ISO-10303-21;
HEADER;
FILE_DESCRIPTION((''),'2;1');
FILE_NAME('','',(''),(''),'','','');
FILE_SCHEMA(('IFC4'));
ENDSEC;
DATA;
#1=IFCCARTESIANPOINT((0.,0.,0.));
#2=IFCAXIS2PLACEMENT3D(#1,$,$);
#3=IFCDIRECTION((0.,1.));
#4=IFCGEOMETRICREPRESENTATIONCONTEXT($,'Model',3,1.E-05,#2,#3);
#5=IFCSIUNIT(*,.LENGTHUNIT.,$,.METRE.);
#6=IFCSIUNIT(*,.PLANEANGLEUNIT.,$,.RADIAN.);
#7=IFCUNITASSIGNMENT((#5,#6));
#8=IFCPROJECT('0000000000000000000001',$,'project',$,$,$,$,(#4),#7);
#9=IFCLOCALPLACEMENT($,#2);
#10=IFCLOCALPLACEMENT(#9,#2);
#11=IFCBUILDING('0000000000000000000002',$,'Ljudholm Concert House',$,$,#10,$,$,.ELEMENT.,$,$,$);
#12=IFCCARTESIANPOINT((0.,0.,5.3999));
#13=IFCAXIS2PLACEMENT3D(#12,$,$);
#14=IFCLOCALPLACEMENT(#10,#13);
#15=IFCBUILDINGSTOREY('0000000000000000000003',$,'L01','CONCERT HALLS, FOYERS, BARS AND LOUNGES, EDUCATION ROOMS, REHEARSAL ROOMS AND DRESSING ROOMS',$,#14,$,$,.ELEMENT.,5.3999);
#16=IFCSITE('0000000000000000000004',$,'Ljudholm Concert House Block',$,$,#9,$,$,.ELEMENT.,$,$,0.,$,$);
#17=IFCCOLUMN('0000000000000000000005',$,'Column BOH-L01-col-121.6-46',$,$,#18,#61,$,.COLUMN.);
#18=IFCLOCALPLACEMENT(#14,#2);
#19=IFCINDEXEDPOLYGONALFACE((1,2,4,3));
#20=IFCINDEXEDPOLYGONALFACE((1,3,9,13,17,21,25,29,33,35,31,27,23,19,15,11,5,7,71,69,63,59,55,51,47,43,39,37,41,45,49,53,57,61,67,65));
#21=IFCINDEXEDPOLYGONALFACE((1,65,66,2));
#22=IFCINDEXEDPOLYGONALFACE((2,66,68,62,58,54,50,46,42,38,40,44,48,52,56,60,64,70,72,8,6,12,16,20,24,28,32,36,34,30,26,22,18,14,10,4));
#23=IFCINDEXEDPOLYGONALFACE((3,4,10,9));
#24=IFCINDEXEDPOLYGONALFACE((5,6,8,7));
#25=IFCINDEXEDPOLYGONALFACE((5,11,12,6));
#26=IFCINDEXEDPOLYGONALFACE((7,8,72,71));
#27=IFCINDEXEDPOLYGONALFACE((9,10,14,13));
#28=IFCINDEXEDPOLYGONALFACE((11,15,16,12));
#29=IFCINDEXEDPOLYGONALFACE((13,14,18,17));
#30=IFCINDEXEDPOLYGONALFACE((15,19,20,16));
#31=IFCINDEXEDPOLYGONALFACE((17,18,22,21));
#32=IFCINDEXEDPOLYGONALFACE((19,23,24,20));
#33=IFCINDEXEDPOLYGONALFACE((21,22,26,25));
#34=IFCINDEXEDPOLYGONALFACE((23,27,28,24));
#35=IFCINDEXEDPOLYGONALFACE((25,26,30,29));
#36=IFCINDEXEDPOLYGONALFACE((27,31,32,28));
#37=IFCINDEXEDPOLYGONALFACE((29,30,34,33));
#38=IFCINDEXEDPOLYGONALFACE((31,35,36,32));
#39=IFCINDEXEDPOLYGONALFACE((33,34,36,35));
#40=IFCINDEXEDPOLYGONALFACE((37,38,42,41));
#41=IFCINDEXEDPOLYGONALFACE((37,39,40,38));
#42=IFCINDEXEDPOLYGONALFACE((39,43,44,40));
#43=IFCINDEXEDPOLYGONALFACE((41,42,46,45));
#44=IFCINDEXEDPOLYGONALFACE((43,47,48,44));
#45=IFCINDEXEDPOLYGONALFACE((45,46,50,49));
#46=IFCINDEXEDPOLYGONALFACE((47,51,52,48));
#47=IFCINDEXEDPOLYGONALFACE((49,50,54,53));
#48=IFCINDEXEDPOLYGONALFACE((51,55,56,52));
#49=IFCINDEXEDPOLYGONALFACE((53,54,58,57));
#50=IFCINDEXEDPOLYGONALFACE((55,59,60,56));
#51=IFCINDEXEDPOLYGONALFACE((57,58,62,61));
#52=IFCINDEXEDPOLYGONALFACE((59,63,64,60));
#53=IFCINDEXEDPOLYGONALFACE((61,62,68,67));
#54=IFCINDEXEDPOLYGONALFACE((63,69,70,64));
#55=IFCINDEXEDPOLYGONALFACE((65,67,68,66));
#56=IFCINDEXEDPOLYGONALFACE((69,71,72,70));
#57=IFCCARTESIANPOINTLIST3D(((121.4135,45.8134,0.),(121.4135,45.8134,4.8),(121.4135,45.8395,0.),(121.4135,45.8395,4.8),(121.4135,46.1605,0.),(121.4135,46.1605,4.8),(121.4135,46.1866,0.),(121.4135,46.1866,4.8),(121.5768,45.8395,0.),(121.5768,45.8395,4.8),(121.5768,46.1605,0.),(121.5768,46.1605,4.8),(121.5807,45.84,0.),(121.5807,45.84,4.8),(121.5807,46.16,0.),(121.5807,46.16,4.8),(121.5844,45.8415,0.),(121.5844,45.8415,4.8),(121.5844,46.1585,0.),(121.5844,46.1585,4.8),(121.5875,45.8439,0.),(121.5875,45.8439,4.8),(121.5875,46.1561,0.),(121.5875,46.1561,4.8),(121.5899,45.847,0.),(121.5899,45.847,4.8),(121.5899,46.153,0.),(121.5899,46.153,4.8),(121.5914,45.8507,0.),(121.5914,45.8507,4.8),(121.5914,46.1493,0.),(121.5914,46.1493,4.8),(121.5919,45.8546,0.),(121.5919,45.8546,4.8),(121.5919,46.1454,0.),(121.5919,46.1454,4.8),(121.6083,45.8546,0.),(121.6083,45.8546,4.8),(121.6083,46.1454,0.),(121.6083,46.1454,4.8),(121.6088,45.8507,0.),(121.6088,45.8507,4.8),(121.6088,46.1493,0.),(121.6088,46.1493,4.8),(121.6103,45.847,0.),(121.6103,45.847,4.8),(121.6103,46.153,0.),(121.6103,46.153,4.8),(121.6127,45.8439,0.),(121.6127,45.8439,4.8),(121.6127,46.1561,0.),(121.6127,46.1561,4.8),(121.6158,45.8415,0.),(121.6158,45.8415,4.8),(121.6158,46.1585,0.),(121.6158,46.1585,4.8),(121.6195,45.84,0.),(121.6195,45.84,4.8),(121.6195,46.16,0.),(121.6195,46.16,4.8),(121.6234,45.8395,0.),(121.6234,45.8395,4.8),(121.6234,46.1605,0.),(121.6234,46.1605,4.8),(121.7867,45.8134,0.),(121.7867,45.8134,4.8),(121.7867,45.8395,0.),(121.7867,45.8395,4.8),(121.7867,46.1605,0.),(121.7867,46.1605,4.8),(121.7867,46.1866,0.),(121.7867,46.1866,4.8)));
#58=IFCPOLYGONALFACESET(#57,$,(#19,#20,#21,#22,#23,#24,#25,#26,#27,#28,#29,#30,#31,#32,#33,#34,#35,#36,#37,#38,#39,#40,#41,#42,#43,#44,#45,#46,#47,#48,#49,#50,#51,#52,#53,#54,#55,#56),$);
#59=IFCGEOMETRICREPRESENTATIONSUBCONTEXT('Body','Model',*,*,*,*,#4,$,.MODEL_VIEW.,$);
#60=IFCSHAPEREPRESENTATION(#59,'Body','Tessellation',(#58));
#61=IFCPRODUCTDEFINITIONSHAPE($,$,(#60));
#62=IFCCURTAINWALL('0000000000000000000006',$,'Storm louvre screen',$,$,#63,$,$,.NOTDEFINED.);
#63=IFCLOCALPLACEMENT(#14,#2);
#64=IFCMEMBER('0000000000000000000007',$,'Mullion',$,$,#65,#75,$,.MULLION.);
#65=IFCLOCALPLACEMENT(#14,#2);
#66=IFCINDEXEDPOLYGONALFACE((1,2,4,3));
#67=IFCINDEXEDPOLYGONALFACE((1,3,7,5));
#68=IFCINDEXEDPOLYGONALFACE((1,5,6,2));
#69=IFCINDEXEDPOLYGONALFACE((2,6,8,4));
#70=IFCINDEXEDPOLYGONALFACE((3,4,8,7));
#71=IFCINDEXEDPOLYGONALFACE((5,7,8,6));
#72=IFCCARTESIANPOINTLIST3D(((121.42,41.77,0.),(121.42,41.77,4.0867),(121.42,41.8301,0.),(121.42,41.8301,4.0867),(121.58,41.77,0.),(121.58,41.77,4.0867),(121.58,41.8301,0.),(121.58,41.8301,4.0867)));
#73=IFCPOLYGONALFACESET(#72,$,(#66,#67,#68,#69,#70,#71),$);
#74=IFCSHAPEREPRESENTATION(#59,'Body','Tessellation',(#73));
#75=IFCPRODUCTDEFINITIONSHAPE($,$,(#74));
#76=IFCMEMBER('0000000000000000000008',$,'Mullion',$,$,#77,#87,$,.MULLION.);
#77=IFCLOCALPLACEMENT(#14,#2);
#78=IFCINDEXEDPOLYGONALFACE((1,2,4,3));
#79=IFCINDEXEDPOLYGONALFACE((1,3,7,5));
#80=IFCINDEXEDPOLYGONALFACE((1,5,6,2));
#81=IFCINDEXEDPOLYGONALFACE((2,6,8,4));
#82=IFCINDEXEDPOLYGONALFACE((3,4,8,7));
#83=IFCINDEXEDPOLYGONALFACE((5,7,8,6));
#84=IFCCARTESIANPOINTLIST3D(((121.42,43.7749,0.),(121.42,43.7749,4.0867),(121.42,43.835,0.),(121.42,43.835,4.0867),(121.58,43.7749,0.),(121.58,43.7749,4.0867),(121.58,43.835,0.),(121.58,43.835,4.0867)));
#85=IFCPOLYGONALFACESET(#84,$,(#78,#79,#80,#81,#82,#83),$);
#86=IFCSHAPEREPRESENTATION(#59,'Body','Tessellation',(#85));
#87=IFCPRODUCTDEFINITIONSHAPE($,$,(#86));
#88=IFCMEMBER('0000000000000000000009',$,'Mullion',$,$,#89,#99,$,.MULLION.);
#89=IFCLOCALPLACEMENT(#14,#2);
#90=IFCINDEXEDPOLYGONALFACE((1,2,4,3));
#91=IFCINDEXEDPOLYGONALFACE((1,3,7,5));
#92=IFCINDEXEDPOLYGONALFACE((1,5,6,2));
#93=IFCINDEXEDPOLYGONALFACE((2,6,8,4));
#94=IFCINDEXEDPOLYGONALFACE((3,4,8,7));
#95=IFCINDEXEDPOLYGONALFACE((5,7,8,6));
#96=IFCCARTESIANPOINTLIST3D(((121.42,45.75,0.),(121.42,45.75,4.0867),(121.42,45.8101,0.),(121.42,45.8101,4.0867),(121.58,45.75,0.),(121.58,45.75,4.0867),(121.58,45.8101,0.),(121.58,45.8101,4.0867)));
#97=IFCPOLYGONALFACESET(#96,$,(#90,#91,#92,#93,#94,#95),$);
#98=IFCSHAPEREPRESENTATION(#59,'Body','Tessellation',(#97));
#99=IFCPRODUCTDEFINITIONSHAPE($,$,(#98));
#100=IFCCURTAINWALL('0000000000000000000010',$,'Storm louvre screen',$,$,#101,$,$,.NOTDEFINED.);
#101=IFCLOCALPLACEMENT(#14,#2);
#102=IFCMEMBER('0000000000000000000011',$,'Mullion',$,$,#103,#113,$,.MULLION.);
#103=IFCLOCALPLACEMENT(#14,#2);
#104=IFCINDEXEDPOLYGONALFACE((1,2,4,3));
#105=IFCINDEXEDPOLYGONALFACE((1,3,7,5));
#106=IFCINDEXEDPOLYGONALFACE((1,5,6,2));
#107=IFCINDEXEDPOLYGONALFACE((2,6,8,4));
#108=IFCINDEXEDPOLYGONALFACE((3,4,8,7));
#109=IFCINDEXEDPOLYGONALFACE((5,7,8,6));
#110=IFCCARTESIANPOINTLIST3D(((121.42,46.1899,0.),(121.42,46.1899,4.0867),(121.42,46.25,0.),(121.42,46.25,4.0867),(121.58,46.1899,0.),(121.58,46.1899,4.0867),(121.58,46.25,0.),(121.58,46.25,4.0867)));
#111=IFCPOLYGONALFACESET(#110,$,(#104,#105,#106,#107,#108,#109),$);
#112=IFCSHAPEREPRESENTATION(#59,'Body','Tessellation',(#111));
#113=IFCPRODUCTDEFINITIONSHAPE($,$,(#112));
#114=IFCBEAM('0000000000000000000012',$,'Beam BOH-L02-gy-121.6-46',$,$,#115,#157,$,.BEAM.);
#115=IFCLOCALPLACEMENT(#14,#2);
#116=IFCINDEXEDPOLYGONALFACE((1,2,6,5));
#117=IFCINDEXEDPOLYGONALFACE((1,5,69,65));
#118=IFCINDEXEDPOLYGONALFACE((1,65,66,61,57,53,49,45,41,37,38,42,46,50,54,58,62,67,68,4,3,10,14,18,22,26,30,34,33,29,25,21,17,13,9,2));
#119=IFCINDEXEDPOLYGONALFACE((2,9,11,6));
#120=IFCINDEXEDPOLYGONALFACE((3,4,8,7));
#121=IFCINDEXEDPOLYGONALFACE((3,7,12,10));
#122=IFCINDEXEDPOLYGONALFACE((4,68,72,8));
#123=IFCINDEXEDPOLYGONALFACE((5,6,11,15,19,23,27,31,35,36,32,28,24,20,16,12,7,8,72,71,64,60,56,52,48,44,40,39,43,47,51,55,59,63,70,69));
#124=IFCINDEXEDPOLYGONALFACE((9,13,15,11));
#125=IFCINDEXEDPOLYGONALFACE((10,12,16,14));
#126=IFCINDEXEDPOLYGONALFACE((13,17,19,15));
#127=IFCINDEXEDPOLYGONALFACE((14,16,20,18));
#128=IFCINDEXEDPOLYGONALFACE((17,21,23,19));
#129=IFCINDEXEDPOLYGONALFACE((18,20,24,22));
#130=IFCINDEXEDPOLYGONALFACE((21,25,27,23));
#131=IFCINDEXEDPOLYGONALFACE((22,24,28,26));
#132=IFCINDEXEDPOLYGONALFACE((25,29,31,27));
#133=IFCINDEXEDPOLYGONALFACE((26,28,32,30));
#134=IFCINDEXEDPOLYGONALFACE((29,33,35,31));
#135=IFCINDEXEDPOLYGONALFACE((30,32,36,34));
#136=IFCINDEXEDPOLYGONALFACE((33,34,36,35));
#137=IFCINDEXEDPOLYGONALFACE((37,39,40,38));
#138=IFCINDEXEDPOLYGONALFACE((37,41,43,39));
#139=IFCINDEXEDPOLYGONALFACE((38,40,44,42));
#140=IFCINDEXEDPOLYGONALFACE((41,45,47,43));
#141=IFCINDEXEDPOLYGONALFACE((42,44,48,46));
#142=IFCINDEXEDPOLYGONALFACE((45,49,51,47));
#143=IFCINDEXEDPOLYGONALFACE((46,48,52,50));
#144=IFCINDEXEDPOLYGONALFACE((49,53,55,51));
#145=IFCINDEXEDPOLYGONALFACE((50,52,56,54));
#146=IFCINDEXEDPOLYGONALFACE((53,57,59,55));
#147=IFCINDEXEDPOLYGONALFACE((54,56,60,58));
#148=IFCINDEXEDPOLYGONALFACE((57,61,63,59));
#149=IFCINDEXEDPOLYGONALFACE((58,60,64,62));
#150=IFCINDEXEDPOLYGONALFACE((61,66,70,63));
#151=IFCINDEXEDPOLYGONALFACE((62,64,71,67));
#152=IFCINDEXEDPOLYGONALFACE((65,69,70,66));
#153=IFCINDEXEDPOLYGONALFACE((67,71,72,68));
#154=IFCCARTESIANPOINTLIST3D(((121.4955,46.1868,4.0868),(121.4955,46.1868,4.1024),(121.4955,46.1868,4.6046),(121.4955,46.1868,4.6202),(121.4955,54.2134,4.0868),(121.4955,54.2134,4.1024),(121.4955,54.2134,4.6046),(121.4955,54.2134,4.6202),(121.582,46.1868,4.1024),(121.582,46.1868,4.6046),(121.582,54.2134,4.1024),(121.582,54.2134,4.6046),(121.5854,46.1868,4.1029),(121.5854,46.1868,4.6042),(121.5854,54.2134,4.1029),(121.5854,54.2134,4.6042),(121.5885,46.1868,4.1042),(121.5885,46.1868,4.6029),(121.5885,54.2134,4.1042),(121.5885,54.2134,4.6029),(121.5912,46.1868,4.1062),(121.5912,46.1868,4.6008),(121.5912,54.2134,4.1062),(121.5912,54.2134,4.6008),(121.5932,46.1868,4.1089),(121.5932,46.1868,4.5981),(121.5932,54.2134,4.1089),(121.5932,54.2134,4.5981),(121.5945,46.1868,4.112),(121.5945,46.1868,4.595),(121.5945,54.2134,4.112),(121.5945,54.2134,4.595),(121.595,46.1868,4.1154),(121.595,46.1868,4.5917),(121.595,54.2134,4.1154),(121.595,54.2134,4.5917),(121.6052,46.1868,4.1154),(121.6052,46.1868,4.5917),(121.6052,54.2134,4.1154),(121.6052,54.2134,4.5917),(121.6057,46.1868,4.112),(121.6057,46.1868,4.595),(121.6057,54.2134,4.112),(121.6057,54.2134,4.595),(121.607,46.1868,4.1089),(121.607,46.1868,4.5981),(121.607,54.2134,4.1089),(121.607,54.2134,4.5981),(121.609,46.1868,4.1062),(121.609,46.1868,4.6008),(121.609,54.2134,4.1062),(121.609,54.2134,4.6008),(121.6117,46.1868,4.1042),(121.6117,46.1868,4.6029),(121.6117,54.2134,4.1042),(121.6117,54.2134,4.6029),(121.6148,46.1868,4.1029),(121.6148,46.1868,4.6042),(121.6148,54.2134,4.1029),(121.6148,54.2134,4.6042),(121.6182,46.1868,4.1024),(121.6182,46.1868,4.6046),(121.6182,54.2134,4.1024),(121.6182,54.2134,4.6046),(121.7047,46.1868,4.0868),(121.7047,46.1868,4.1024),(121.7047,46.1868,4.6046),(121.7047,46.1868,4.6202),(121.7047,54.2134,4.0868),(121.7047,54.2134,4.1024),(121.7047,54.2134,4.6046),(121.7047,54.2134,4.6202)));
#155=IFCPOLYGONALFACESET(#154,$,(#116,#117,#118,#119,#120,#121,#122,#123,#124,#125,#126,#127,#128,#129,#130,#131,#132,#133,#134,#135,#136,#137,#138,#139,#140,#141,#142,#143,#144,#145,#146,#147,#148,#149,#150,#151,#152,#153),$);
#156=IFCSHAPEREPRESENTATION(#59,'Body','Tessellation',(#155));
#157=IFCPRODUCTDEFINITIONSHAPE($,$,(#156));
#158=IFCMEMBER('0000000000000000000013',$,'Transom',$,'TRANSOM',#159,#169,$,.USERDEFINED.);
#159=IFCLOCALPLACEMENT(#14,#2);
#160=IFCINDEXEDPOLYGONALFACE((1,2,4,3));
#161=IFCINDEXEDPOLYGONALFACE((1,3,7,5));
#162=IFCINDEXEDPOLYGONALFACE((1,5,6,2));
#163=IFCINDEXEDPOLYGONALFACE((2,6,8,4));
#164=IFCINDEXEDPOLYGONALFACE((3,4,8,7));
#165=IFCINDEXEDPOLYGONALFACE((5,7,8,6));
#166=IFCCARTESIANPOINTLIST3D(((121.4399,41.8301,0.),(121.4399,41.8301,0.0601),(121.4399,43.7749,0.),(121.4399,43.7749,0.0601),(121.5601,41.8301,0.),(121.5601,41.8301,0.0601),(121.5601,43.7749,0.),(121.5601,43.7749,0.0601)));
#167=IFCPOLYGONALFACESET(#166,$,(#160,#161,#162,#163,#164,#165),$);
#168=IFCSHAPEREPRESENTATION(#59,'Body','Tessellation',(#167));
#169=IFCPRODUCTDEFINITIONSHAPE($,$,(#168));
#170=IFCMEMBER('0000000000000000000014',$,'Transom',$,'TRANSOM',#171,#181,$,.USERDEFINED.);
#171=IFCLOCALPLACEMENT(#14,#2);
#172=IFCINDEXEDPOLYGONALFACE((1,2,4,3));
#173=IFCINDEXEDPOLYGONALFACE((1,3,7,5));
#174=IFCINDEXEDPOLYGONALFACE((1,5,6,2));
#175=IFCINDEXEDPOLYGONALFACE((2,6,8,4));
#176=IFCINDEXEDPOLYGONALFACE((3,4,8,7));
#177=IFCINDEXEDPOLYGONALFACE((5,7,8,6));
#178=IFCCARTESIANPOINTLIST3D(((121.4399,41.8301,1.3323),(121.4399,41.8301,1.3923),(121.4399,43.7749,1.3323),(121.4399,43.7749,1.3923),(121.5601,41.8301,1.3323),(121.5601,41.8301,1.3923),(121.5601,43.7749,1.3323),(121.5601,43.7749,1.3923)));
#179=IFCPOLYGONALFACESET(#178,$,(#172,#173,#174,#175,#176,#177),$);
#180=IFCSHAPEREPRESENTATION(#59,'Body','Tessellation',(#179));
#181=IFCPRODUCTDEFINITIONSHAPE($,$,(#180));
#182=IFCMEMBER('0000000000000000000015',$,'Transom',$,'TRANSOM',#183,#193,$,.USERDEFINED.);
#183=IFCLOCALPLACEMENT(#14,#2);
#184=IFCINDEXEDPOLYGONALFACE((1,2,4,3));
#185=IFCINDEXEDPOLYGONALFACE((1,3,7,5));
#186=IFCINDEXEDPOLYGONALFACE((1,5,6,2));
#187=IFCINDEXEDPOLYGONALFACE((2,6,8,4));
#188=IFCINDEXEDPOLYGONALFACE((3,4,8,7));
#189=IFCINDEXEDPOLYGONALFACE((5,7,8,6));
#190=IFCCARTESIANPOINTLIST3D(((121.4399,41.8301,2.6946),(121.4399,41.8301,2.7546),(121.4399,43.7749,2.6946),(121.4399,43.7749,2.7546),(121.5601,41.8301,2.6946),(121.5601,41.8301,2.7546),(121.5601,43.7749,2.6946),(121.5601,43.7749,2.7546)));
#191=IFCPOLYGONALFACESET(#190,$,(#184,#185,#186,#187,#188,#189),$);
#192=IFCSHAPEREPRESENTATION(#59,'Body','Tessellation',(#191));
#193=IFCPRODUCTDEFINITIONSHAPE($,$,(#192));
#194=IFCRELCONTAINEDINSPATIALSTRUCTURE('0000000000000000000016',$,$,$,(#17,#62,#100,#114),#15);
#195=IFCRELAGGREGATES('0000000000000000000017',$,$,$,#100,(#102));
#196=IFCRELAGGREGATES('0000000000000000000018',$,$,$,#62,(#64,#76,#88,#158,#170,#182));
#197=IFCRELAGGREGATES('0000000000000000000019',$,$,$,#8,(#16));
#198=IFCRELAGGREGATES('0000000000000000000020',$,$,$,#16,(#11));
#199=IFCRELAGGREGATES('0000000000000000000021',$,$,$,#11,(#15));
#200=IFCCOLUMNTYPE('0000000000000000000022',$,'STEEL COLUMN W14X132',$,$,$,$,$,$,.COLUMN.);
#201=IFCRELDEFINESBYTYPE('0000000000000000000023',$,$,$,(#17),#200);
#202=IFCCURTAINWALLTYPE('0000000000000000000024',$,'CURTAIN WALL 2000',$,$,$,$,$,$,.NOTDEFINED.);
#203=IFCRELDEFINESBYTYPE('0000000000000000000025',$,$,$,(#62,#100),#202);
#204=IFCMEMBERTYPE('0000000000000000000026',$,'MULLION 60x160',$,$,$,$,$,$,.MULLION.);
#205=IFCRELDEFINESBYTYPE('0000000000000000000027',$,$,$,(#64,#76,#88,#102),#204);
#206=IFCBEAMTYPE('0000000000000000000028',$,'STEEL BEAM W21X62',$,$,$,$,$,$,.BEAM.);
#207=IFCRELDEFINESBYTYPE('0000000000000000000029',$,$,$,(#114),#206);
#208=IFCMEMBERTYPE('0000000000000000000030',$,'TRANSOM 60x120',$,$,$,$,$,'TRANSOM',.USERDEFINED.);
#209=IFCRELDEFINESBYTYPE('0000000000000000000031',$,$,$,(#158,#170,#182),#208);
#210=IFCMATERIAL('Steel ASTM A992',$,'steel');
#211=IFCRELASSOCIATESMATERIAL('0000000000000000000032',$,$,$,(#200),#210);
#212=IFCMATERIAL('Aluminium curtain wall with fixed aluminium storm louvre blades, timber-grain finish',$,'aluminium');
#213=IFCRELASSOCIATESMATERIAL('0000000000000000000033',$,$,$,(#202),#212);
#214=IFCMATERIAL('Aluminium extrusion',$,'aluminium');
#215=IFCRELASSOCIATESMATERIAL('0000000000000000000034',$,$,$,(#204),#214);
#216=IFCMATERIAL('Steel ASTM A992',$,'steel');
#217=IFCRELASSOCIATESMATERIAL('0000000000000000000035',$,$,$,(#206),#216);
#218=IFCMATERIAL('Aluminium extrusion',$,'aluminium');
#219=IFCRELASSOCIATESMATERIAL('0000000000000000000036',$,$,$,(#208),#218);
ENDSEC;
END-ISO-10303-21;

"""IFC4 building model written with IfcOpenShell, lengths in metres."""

from ifc_helpers import new_model, si_unit, direction, frame, origin, origin_2d, place, context, subcontext, project, spatial, rectangle, i_section, extrude, material, material_profile, profile_set, type_object, element, aggregate, save


model = new_model("IFC4")

# Units and contexts
model_context = context("Model", 3, precision=1e-05, world=origin(), true_north=direction((0.0, 1.0)))
body_context = subcontext(model_context, "Body", "Model", "MODEL_VIEW")
ifc_project = project(units=[si_unit("LENGTHUNIT", "METRE"), si_unit("PLANEANGLEUNIT", "RADIAN")], contexts=[model_context])

# Site, building, storey
site_placement = place(None, origin())
site = spatial("IfcSite", under=ifc_project, at=site_placement, Name="Ljudholm Concert House Block", CompositionType="ELEMENT", RefElevation=0.0)
building_placement = place(site_placement, origin())
building = spatial("IfcBuilding", under=site, at=building_placement, Name="Ljudholm Concert House", CompositionType="ELEMENT")
storey_placement = place(building_placement, frame((0.0, 0.0, 5.3999)))
storey = spatial("IfcBuildingStorey", under=building, at=storey_placement, Name="L01", Description="CONCERT HALLS, FOYERS, BARS AND LOUNGES, EDUCATION ROOMS, REHEARSAL ROOMS AND DRESSING ROOMS", CompositionType="ELEMENT", Elevation=5.3999)

# Column
ifc_material_1 = material(Name="Steel ASTM A992", Category="steel")
ifc_material_profile_1 = material_profile(ifc_material_1, i_section(OverallWidth=0.3733, OverallDepth=0.3733, WebThickness=0.0164, FlangeThickness=0.0261, FilletRadius=0.0151, at=origin_2d()), Name="W14X132")
ifc_profile_set_1 = profile_set([ifc_material_profile_1], Name="Steel ASTM A992")
column_type = type_object("IfcColumnType", Name="STEEL COLUMN W14X132", PredefinedType="COLUMN", material=ifc_profile_set_1)
column_placement = place(storey_placement, frame((121.6001, 46.0, 0.0), z_axis=(0.0, 0.0, 1.0), x_axis=(1.0, 0.0, 0.0)))
element("IfcColumn", 1, at=column_placement, inside=storey, type_object=column_type, Name="Column BOH-L01-col-121.6-46", PredefinedType="COLUMN", context=body_context, shape_type="SweptSolid", body=[
    extrude(i_section(OverallWidth=0.3733, OverallDepth=0.3733, WebThickness=0.0164, FlangeThickness=0.0261, FilletRadius=0.0151, at=origin_2d()), origin(), (0.0, 0.0, 1.0), 4.8),
])

# Curtain wall, members
ifc_material_2 = material(Name="Aluminium curtain wall with fixed aluminium storm louvre blades, timber-grain finish", Category="aluminium")
curtain_wall_type = type_object("IfcCurtainWallType", Name="CURTAIN WALL 2000", PredefinedType="NOTDEFINED", material=ifc_material_2)
curtain_wall_1_placement = place(storey_placement, origin())
curtain_wall_1 = element("IfcCurtainWall", 2, at=curtain_wall_1_placement, inside=storey, type_object=curtain_wall_type, Name="Storm louvre screen", PredefinedType="NOTDEFINED")
ifc_material_3 = material(Name="Aluminium extrusion", Category="aluminium")
ifc_material_profile_2 = material_profile(ifc_material_3, rectangle(XDim=0.1599, YDim=0.0601, at=origin_2d()), Name="MULLION 60x160")
ifc_profile_set_2 = profile_set([ifc_material_profile_2], Name="Aluminium extrusion")
member_type_1 = type_object("IfcMemberType", Name="MULLION 60x160", PredefinedType="MULLION", material=ifc_profile_set_2)
member_1_placement = place(storey_placement, frame((121.5, 41.8, 0.0), z_axis=(0.0, 0.0, 1.0), x_axis=(-1.0, 0.0, 0.0)))
member_1 = element("IfcMember", 3, at=member_1_placement, type_object=member_type_1, Name="Mullion", PredefinedType="MULLION", context=body_context, shape_type="SweptSolid", body=[
    extrude(rectangle(XDim=0.1599, YDim=0.0601, at=origin_2d()), origin(), (0.0, 0.0, 1.0), 4.0867),
])
member_2_placement = place(storey_placement, frame((121.5, 43.8049, 0.0), z_axis=(0.0, 0.0, 1.0), x_axis=(-1.0, 0.0, 0.0)))
member_2 = element("IfcMember", 4, at=member_2_placement, type_object=member_type_1, Name="Mullion", PredefinedType="MULLION", context=body_context, shape_type="SweptSolid", body=[
    extrude(rectangle(XDim=0.1599, YDim=0.0601, at=origin_2d()), origin(), (0.0, 0.0, 1.0), 4.0867),
])
member_3_placement = place(storey_placement, frame((121.5, 45.78, 0.0), z_axis=(0.0, 0.0, 1.0), x_axis=(-1.0, 0.0, 0.0)))
member_3 = element("IfcMember", 5, at=member_3_placement, type_object=member_type_1, Name="Mullion", PredefinedType="MULLION", context=body_context, shape_type="SweptSolid", body=[
    extrude(rectangle(XDim=0.1599, YDim=0.0601, at=origin_2d()), origin(), (0.0, 0.0, 1.0), 4.0867),
])

# Curtain wall, member
curtain_wall_2_placement = place(storey_placement, origin())
curtain_wall_2 = element("IfcCurtainWall", 6, at=curtain_wall_2_placement, inside=storey, type_object=curtain_wall_type, Name="Storm louvre screen", PredefinedType="NOTDEFINED")
member_4_placement = place(storey_placement, frame((121.5, 46.22, 0.0), z_axis=(0.0, 0.0, 1.0), x_axis=(-1.0, 0.0, 0.0)))
member_4 = element("IfcMember", 7, at=member_4_placement, type_object=member_type_1, Name="Mullion", PredefinedType="MULLION", context=body_context, shape_type="SweptSolid", body=[
    extrude(rectangle(XDim=0.1599, YDim=0.0601, at=origin_2d()), origin(), (0.0, 0.0, 1.0), 4.0867),
])

# Beam
ifc_material_4 = material(Name="Steel ASTM A992", Category="steel")
ifc_material_profile_3 = material_profile(ifc_material_4, i_section(OverallWidth=0.2092, OverallDepth=0.5334, WebThickness=0.0103, FlangeThickness=0.0156, FilletRadius=0.0129, at=origin_2d()), Name="W21X62")
ifc_profile_set_3 = profile_set([ifc_material_profile_3], Name="Steel ASTM A992")
beam_type = type_object("IfcBeamType", Name="STEEL BEAM W21X62", PredefinedType="BEAM", material=ifc_profile_set_3)
beam_placement = place(storey_placement, frame((121.6001, 46.1868, 4.3535), z_axis=(0.0, 1.0, 0.0), x_axis=(-1.0, 0.0, 0.0)))
element("IfcBeam", 8, at=beam_placement, inside=storey, type_object=beam_type, Name="Beam BOH-L02-gy-121.6-46", PredefinedType="BEAM", context=body_context, shape_type="SweptSolid", body=[
    extrude(i_section(OverallWidth=0.2092, OverallDepth=0.5334, WebThickness=0.0103, FlangeThickness=0.0156, FilletRadius=0.0129, at=origin_2d()), origin(), (0.0, 0.0, 1.0), 8.0266),
])

# Members
ifc_material_5 = material(Name="Aluminium extrusion", Category="aluminium")
ifc_material_profile_4 = material_profile(ifc_material_5, rectangle(XDim=0.1201, YDim=0.0601, at=origin_2d()), Name="TRANSOM 60x120")
ifc_profile_set_4 = profile_set([ifc_material_profile_4], Name="Aluminium extrusion")
member_type_2 = type_object("IfcMemberType", Name="TRANSOM 60x120", ElementType="TRANSOM", PredefinedType="USERDEFINED", material=ifc_profile_set_4)
member_5_placement = place(storey_placement, frame((121.5, 41.8301, 0.03), z_axis=(0.0, 1.0, 0.0), x_axis=(-1.0, 0.0, 0.0)))
member_5 = element("IfcMember", 9, at=member_5_placement, type_object=member_type_2, Name="Transom", ObjectType="TRANSOM", PredefinedType="USERDEFINED", context=body_context, shape_type="SweptSolid", body=[
    extrude(rectangle(XDim=0.1201, YDim=0.0601, at=origin_2d()), origin(), (0.0, 0.0, 1.0), 1.9448),
])
member_6_placement = place(storey_placement, frame((121.5, 41.8301, 1.3623), z_axis=(0.0, 1.0, 0.0), x_axis=(-1.0, 0.0, 0.0)))
member_6 = element("IfcMember", 10, at=member_6_placement, type_object=member_type_2, Name="Transom", ObjectType="TRANSOM", PredefinedType="USERDEFINED", context=body_context, shape_type="SweptSolid", body=[
    extrude(rectangle(XDim=0.1201, YDim=0.0601, at=origin_2d()), origin(), (0.0, 0.0, 1.0), 1.9448),
])
member_7_placement = place(storey_placement, frame((121.5, 41.8301, 2.7246), z_axis=(0.0, 1.0, 0.0), x_axis=(-1.0, 0.0, 0.0)))
member_7 = element("IfcMember", 11, at=member_7_placement, type_object=member_type_2, Name="Transom", ObjectType="TRANSOM", PredefinedType="USERDEFINED", context=body_context, shape_type="SweptSolid", body=[
    extrude(rectangle(XDim=0.1201, YDim=0.0601, at=origin_2d()), origin(), (0.0, 0.0, 1.0), 1.9448),
])
aggregate(curtain_wall_2, [member_4])

aggregate(curtain_wall_1, [member_1, member_2, member_3, member_5, member_6, member_7])

save(model, "model.ifc")
